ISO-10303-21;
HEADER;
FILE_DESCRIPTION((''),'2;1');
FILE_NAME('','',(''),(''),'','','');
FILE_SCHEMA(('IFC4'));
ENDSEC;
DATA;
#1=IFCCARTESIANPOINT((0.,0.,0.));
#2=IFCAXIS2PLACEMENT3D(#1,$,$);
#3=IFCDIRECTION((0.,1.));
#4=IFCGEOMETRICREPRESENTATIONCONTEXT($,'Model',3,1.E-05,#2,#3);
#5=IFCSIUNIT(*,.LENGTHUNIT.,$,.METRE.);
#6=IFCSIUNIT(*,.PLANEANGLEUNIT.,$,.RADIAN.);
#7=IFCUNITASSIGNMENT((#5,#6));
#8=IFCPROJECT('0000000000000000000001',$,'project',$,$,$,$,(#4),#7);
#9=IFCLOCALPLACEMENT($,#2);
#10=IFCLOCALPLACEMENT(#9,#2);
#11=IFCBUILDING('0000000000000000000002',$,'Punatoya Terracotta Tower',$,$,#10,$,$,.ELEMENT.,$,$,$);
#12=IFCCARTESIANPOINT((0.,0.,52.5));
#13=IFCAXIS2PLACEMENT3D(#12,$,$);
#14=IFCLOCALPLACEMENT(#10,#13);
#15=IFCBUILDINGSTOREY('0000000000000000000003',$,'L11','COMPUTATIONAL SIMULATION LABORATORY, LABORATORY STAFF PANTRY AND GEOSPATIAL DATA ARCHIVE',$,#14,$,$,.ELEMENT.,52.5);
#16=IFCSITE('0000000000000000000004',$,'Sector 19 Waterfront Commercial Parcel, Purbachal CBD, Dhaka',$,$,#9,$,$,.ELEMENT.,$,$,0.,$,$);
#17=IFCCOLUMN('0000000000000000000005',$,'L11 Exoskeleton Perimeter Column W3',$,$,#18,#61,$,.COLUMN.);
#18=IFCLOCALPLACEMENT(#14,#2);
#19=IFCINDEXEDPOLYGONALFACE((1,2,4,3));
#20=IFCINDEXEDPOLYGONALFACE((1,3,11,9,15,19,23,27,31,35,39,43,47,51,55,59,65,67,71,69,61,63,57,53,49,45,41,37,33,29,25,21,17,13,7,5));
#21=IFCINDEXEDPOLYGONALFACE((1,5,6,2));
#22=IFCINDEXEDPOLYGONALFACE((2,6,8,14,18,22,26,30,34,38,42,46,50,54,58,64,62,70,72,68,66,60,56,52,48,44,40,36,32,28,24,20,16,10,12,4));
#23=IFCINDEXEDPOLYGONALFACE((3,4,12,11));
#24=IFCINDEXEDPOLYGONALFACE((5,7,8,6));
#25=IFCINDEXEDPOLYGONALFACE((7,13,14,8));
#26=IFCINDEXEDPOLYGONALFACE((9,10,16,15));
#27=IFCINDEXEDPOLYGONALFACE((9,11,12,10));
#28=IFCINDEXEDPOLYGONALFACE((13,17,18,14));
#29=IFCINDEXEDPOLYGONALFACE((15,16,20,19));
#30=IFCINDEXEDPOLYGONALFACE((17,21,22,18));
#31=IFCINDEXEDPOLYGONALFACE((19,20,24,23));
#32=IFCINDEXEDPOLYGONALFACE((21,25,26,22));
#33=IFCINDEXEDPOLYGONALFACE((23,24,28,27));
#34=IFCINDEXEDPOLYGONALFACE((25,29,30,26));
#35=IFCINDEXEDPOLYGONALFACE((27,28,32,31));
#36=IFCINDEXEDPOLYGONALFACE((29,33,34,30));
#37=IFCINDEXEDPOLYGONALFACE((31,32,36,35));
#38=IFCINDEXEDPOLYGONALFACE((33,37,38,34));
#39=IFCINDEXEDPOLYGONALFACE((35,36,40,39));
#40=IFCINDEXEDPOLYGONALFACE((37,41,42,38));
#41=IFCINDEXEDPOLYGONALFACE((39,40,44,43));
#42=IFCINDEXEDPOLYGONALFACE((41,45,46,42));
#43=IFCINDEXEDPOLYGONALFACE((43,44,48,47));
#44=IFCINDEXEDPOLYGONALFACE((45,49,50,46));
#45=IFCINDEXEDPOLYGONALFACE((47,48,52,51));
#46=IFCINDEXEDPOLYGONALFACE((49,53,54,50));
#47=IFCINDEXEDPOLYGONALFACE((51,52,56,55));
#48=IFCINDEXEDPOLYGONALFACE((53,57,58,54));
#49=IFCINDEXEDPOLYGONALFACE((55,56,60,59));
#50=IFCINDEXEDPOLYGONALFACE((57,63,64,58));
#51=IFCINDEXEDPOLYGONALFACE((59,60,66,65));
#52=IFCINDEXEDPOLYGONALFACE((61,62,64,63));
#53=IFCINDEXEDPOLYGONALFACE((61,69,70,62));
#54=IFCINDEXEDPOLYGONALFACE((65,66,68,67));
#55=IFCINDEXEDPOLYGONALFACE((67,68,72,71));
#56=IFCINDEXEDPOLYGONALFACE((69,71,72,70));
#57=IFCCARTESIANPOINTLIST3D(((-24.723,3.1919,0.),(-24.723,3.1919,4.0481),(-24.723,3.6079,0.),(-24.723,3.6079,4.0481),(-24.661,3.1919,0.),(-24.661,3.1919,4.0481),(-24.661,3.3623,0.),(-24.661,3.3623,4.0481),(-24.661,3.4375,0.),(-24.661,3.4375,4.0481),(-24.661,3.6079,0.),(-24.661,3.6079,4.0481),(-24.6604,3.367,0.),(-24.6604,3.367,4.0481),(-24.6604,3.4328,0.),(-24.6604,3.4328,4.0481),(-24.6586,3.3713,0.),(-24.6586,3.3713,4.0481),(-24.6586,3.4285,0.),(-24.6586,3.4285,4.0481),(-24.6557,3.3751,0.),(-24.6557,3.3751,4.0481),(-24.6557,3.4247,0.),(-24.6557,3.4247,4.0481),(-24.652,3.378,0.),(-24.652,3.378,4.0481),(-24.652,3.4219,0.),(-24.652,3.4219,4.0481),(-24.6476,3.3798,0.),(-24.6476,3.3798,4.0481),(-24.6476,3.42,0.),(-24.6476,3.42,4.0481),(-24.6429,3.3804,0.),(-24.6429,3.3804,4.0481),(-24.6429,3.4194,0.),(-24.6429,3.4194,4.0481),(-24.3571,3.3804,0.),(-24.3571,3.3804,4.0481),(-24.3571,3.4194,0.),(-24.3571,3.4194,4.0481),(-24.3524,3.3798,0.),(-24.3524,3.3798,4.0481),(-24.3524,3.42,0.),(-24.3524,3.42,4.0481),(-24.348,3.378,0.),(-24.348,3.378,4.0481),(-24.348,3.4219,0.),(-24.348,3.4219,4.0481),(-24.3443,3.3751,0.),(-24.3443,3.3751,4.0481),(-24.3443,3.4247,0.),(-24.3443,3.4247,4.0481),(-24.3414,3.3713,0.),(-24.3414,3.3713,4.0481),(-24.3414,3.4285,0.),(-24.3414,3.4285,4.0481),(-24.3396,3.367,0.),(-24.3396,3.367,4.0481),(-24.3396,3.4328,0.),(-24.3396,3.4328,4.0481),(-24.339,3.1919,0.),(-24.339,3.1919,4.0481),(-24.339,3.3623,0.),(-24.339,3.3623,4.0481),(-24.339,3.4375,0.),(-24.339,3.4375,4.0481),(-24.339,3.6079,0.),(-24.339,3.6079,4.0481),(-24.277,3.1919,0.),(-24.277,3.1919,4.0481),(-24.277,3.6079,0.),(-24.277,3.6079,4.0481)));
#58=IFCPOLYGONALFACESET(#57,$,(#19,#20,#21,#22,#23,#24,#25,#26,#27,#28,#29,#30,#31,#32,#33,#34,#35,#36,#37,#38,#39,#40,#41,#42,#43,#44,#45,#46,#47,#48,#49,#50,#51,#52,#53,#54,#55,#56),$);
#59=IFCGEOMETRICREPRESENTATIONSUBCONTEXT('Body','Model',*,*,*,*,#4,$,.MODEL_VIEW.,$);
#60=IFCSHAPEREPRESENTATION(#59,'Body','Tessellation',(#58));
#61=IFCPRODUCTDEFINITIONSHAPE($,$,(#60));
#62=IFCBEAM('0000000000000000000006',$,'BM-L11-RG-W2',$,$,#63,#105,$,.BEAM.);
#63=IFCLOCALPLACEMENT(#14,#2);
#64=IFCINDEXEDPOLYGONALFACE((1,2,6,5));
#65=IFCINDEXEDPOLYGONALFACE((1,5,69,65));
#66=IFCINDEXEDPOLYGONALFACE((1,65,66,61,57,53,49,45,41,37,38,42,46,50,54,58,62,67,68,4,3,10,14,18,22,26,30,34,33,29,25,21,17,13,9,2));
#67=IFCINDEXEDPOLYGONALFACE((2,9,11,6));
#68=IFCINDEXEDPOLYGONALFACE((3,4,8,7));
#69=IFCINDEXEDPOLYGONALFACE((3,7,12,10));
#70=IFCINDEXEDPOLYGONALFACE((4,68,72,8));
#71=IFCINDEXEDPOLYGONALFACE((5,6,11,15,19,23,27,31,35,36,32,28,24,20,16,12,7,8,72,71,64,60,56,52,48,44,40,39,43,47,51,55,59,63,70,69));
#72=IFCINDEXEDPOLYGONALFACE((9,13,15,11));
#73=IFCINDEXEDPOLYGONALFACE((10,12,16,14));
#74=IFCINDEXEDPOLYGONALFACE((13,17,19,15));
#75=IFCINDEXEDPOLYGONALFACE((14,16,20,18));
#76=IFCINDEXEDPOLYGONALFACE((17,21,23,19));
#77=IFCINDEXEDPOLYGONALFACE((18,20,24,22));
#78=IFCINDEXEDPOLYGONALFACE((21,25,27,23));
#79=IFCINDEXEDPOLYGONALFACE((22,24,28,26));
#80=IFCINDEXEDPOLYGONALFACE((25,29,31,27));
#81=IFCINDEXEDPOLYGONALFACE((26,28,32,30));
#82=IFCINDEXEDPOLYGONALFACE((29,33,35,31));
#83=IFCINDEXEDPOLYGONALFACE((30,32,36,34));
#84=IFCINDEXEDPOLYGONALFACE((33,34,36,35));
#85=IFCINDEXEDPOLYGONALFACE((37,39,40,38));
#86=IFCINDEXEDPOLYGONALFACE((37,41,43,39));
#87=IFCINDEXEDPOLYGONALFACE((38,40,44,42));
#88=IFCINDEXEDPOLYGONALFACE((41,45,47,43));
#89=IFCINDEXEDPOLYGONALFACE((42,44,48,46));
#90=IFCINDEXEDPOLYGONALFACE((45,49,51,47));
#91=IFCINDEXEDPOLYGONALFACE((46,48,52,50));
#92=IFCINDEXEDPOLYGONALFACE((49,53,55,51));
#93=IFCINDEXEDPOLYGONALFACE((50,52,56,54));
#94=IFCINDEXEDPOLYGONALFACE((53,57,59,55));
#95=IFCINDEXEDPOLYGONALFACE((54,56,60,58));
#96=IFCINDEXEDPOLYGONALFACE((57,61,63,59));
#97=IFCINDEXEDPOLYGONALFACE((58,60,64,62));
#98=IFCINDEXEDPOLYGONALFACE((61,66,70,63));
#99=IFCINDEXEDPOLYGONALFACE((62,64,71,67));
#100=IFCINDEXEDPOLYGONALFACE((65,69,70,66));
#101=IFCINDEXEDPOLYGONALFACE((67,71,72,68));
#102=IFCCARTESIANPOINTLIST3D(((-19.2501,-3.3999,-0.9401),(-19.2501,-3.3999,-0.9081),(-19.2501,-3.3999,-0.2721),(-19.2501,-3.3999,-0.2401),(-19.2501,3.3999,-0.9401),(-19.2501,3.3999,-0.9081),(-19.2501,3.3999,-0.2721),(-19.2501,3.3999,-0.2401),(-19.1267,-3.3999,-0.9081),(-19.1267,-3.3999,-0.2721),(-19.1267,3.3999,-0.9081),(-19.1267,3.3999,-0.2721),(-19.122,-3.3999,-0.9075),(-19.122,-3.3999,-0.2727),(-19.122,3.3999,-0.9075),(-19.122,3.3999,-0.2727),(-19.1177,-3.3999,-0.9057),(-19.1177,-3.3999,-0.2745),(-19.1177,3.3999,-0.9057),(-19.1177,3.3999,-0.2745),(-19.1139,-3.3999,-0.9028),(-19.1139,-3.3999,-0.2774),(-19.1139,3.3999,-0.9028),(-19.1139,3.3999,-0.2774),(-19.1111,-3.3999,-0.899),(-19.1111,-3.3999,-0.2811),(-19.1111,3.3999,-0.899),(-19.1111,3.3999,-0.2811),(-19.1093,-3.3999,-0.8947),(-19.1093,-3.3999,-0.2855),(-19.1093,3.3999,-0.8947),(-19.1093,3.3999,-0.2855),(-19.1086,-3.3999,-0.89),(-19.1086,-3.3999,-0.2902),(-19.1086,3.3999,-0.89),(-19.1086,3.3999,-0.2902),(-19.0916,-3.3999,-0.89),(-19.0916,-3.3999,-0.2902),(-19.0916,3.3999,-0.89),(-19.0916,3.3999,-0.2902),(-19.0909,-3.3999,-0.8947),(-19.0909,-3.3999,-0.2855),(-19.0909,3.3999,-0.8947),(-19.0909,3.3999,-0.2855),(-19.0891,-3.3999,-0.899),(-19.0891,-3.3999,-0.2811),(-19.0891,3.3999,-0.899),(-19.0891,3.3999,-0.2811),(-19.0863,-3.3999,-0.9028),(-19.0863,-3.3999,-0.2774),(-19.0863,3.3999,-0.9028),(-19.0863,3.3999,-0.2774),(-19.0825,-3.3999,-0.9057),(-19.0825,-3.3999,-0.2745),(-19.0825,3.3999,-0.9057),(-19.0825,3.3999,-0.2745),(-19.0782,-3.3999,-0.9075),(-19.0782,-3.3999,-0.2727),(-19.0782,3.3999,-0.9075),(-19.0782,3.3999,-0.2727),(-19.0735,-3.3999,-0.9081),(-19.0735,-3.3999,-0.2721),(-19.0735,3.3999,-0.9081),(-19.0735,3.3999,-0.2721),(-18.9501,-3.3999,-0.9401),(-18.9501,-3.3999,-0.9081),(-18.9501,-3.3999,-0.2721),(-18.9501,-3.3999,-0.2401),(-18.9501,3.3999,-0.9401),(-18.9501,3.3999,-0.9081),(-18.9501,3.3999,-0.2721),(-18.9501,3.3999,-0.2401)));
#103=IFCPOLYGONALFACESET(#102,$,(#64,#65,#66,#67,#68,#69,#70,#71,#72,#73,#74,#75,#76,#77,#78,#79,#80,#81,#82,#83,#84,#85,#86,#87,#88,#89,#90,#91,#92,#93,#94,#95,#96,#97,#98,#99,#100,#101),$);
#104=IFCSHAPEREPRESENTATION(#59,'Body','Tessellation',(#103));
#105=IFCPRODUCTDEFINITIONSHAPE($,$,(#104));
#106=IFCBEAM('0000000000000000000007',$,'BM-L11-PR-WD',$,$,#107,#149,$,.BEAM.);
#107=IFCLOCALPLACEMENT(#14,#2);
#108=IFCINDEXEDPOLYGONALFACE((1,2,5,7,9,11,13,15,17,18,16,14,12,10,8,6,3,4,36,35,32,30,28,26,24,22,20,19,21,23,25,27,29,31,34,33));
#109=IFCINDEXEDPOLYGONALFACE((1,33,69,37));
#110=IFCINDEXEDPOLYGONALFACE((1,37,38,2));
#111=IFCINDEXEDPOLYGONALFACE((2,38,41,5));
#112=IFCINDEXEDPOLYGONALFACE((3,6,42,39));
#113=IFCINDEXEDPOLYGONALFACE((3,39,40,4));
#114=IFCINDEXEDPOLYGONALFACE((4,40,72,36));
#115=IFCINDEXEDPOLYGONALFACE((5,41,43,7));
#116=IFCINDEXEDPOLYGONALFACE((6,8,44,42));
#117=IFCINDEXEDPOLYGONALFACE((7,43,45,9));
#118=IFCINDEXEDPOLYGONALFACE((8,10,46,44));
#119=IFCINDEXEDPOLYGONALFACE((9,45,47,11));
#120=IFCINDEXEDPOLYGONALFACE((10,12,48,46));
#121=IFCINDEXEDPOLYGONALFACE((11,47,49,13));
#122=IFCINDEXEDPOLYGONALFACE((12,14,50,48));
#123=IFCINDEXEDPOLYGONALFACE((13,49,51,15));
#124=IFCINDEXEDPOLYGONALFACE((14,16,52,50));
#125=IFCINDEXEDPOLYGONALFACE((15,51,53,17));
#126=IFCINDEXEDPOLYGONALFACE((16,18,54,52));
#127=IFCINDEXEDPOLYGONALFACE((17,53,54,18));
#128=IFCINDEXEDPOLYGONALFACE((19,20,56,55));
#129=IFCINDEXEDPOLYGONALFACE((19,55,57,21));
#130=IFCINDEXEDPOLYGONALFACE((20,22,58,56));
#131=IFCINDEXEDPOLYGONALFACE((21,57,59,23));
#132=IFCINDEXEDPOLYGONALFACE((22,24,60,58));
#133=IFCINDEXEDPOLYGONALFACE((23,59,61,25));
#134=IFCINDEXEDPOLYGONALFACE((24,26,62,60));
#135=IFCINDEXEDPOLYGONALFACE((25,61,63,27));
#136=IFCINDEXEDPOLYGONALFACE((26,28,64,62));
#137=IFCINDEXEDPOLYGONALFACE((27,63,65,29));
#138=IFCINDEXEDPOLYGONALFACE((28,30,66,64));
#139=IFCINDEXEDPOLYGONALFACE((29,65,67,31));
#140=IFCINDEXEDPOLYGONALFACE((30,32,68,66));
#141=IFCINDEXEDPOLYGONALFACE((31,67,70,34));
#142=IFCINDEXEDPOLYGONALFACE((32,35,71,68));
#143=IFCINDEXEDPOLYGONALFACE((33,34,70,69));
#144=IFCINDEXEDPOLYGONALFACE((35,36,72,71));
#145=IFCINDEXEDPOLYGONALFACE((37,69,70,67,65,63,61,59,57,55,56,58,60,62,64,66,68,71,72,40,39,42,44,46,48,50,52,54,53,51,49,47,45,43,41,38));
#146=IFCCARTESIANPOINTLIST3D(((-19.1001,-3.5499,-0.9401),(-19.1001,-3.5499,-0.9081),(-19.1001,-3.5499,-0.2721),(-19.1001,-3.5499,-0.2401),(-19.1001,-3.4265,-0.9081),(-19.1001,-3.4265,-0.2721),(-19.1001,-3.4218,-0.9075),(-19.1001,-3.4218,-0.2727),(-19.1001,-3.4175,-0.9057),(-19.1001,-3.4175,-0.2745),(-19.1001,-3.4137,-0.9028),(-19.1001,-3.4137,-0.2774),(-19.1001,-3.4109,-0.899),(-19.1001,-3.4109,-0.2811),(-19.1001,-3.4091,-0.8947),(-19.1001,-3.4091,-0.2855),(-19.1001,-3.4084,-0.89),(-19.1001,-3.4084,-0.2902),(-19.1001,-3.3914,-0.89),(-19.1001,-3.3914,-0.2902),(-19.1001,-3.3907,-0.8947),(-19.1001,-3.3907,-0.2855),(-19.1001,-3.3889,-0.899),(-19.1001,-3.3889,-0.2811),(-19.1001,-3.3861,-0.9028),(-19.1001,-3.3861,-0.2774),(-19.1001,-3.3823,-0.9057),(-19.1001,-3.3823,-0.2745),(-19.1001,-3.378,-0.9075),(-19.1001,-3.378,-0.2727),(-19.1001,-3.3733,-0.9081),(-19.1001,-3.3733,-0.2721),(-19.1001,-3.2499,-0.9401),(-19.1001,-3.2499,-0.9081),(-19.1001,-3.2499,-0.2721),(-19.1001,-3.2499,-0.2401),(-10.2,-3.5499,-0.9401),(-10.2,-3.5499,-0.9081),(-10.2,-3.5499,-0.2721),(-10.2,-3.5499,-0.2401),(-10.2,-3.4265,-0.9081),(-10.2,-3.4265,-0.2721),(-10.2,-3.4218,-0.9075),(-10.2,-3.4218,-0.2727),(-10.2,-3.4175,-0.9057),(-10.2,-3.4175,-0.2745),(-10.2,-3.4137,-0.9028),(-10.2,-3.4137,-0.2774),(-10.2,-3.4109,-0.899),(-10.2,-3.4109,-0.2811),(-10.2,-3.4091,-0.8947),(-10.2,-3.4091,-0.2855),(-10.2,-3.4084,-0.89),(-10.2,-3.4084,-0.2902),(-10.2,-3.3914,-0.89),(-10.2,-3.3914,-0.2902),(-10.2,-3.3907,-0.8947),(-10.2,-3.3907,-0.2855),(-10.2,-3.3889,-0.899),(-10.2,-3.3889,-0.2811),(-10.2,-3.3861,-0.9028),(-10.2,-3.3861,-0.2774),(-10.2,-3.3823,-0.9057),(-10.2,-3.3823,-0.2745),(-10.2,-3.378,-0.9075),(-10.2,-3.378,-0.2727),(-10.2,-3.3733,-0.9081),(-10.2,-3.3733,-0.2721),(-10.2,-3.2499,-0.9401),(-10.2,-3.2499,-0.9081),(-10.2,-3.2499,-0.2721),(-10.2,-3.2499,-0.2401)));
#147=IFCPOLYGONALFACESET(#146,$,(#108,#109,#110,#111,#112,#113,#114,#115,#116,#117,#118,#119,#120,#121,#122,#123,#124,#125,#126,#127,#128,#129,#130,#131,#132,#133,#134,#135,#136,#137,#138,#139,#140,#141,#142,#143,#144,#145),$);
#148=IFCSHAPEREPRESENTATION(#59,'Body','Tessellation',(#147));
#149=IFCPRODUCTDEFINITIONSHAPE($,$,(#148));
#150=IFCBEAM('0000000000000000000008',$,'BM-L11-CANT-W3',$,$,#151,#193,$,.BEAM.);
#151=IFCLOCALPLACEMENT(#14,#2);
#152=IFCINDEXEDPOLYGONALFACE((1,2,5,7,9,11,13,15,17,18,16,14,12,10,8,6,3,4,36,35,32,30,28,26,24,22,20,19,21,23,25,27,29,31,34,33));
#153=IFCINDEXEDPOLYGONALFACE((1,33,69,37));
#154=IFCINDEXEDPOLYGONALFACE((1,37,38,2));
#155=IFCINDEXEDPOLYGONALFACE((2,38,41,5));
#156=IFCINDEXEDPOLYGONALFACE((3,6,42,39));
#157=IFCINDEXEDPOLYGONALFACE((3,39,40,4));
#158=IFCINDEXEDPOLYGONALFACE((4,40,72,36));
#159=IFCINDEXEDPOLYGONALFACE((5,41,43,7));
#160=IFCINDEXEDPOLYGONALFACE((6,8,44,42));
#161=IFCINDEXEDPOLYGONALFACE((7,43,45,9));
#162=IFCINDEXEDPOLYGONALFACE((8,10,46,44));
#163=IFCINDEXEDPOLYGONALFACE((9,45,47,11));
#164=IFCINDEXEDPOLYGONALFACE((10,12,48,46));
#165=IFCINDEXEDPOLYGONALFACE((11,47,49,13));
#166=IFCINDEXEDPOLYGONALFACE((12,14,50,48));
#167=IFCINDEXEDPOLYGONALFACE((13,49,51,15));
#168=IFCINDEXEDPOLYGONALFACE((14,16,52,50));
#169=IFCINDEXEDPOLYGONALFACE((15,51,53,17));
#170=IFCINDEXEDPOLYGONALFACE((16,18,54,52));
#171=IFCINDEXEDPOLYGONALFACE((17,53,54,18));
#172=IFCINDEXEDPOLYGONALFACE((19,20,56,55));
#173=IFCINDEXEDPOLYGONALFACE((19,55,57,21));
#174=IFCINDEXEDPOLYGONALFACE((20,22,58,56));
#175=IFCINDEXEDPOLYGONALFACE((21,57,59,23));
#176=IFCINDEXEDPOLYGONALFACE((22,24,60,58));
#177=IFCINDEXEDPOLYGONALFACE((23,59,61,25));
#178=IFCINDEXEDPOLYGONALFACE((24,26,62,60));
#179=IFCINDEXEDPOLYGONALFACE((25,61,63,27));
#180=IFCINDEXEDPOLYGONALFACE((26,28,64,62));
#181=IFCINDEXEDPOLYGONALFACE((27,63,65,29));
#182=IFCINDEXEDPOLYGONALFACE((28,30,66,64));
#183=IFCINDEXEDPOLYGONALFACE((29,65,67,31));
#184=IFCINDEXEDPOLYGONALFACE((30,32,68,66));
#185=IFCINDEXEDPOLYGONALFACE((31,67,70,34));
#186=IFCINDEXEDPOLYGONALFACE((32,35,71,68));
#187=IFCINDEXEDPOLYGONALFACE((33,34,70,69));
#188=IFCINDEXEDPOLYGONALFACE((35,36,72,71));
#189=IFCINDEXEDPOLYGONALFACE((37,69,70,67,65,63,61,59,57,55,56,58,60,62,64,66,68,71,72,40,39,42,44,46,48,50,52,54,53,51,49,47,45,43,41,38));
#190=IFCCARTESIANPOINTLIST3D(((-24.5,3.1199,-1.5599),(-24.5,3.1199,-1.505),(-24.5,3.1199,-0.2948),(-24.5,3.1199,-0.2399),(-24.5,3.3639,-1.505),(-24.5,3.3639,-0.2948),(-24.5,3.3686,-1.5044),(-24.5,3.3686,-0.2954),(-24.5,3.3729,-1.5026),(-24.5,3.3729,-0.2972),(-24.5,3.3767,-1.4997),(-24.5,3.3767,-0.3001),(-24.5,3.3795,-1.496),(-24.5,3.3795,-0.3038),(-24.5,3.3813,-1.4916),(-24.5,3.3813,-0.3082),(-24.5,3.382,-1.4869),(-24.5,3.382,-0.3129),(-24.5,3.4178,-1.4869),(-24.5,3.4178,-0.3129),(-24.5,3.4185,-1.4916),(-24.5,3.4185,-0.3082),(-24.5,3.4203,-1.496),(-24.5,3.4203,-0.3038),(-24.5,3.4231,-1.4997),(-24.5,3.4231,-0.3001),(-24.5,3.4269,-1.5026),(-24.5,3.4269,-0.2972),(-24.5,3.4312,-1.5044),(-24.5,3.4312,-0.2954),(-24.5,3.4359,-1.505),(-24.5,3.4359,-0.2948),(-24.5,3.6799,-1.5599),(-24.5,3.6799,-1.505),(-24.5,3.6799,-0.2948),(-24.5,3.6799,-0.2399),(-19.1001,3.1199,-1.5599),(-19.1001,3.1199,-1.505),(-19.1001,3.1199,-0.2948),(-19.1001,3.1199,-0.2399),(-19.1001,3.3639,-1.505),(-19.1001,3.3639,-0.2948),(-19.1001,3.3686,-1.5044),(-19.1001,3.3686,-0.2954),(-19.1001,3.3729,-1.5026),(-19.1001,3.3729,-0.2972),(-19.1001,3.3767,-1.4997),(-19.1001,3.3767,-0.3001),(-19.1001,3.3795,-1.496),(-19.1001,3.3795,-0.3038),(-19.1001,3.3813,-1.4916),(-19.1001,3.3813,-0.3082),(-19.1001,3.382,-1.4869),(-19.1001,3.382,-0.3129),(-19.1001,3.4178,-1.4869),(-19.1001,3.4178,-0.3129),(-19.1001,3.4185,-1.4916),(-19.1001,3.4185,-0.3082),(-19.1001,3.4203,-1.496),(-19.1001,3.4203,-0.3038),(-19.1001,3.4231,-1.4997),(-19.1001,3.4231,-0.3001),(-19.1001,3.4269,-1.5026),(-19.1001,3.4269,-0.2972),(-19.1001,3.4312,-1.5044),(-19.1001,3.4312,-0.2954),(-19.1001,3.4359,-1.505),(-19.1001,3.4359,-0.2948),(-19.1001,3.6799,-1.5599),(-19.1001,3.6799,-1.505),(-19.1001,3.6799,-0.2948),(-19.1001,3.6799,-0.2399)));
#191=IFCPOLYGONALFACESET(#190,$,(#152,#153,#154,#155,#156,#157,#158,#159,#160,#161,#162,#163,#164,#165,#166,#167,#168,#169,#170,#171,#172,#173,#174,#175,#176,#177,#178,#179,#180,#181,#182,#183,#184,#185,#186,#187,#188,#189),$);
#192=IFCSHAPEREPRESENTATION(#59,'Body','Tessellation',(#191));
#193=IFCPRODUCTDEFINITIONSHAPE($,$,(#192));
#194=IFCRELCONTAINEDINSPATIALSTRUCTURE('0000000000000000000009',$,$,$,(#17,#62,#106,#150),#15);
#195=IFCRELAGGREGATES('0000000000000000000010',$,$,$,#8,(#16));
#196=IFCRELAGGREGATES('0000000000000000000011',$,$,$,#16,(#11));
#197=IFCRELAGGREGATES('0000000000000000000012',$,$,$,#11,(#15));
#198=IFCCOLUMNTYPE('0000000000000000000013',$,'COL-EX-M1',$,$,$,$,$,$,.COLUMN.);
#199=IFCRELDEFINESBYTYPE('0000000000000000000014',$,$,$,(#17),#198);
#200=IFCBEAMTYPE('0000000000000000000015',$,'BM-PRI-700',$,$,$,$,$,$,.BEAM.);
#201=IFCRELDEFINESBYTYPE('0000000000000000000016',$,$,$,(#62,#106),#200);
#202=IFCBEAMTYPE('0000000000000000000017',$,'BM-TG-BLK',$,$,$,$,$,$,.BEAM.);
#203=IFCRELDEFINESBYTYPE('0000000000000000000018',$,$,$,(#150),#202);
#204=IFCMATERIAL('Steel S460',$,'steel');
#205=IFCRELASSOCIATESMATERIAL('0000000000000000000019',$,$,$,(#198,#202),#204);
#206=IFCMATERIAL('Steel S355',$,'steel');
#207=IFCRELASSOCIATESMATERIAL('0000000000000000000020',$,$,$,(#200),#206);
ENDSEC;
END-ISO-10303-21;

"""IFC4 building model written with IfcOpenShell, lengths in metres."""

from ifc_helpers import new_model, si_unit, direction, frame, origin, origin_2d, place, context, subcontext, project, spatial, i_section, extrude, material, material_profile, profile_set, type_object, element, save


model = new_model("IFC4")

# Units and contexts
model_context = context("Model", 3, precision=1e-05, world=origin(), true_north=direction((0.0, 1.0)))
body_context = subcontext(model_context, "Body", "Model", "MODEL_VIEW")
ifc_project = project(units=[si_unit("LENGTHUNIT", "METRE"), si_unit("PLANEANGLEUNIT", "RADIAN")], contexts=[model_context])

# Site, building, storey
site_placement = place(None, origin())
site = spatial("IfcSite", under=ifc_project, at=site_placement, Name="Sector 19 Waterfront Commercial Parcel, Purbachal CBD, Dhaka", CompositionType="ELEMENT", RefElevation=0.0)
building_placement = place(site_placement, origin())
building = spatial("IfcBuilding", under=site, at=building_placement, Name="Punatoya Terracotta Tower", CompositionType="ELEMENT")
storey_placement = place(building_placement, frame((0.0, 0.0, 52.5)))
storey = spatial("IfcBuildingStorey", under=building, at=storey_placement, Name="L11", Description="COMPUTATIONAL SIMULATION LABORATORY, LABORATORY STAFF PANTRY AND GEOSPATIAL DATA ARCHIVE", CompositionType="ELEMENT", Elevation=52.5)

# Column
ifc_material_1 = material(Name="Steel S460", Category="steel")
ifc_material_profile_1 = material_profile(ifc_material_1, i_section(OverallWidth=0.416, OverallDepth=0.446, WebThickness=0.0391, FlangeThickness=0.062, FilletRadius=0.0181, at=origin_2d()))
ifc_profile_set_1 = profile_set([ifc_material_profile_1], Name="Steel S460")
column_type = type_object("IfcColumnType", Name="COL-EX-M1", PredefinedType="COLUMN", material=ifc_profile_set_1)
column_placement = place(storey_placement, frame((-24.5, 3.3999, 0.0), z_axis=(0.0, 0.0, 1.0), x_axis=(0.0, 1.0, 0.0)))
element("IfcColumn", 1, at=column_placement, inside=storey, type_object=column_type, Name="L11 Exoskeleton Perimeter Column W3", PredefinedType="COLUMN", context=body_context, shape_type="SweptSolid", body=[
    extrude(i_section(OverallWidth=0.416, OverallDepth=0.446, WebThickness=0.0391, FlangeThickness=0.062, FilletRadius=0.0181, at=origin_2d()), origin(), (0.0, 0.0, 1.0), 4.0481),
])

# Beams
ifc_material_2 = material(Name="Steel S355", Category="steel")
ifc_material_profile_2 = material_profile(ifc_material_2, i_section(OverallWidth=0.3, OverallDepth=0.7, WebThickness=0.0171, FlangeThickness=0.032, FilletRadius=0.0181, at=origin_2d()))
ifc_profile_set_2 = profile_set([ifc_material_profile_2], Name="Steel S355")
beam_type_1 = type_object("IfcBeamType", Name="BM-PRI-700", PredefinedType="BEAM", material=ifc_profile_set_2)
beam_1_placement = place(storey_placement, frame((-19.1001, -3.3999, -0.5901), z_axis=(0.0, 1.0, 0.0), x_axis=(-1.0, 0.0, 0.0)))
element("IfcBeam", 2, at=beam_1_placement, inside=storey, type_object=beam_type_1, Name="BM-L11-RG-W2", PredefinedType="BEAM", context=body_context, shape_type="SweptSolid", body=[
    extrude(i_section(OverallWidth=0.3, OverallDepth=0.7, WebThickness=0.0171, FlangeThickness=0.032, FilletRadius=0.0181, at=origin_2d()), origin(), (0.0, 0.0, 1.0), 6.7998),
])
beam_2_placement = place(storey_placement, frame((-19.1001, -3.3999, -0.5901), z_axis=(1.0, 0.0, 0.0), x_axis=(0.0, 1.0, 0.0)))
element("IfcBeam", 3, at=beam_2_placement, inside=storey, type_object=beam_type_1, Name="BM-L11-PR-WD", PredefinedType="BEAM", context=body_context, shape_type="SweptSolid", body=[
    extrude(i_section(OverallWidth=0.3, OverallDepth=0.7, WebThickness=0.0171, FlangeThickness=0.032, FilletRadius=0.0181, at=origin_2d()), origin(), (0.0, 0.0, 1.0), 8.9001),
])
ifc_material_profile_3 = material_profile(ifc_material_1, i_section(OverallWidth=0.5601, OverallDepth=1.3201, WebThickness=0.0359, FlangeThickness=0.0549, FilletRadius=0.0181, at=origin_2d()))
ifc_profile_set_3 = profile_set([ifc_material_profile_3], Name="Steel S460")
beam_type_2 = type_object("IfcBeamType", Name="BM-TG-BLK", PredefinedType="BEAM", material=ifc_profile_set_3)
beam_3_placement = place(storey_placement, frame((-24.5, 3.3999, -0.8999), z_axis=(1.0, 0.0, 0.0), x_axis=(0.0, 1.0, 0.0)))
element("IfcBeam", 4, at=beam_3_placement, inside=storey, type_object=beam_type_2, Name="BM-L11-CANT-W3", PredefinedType="BEAM", context=body_context, shape_type="SweptSolid", body=[
    extrude(i_section(OverallWidth=0.5601, OverallDepth=1.3201, WebThickness=0.0359, FlangeThickness=0.0549, FilletRadius=0.0181, at=origin_2d()), origin(), (0.0, 0.0, 1.0), 5.3999),
])

save(model, "model.ifc")
